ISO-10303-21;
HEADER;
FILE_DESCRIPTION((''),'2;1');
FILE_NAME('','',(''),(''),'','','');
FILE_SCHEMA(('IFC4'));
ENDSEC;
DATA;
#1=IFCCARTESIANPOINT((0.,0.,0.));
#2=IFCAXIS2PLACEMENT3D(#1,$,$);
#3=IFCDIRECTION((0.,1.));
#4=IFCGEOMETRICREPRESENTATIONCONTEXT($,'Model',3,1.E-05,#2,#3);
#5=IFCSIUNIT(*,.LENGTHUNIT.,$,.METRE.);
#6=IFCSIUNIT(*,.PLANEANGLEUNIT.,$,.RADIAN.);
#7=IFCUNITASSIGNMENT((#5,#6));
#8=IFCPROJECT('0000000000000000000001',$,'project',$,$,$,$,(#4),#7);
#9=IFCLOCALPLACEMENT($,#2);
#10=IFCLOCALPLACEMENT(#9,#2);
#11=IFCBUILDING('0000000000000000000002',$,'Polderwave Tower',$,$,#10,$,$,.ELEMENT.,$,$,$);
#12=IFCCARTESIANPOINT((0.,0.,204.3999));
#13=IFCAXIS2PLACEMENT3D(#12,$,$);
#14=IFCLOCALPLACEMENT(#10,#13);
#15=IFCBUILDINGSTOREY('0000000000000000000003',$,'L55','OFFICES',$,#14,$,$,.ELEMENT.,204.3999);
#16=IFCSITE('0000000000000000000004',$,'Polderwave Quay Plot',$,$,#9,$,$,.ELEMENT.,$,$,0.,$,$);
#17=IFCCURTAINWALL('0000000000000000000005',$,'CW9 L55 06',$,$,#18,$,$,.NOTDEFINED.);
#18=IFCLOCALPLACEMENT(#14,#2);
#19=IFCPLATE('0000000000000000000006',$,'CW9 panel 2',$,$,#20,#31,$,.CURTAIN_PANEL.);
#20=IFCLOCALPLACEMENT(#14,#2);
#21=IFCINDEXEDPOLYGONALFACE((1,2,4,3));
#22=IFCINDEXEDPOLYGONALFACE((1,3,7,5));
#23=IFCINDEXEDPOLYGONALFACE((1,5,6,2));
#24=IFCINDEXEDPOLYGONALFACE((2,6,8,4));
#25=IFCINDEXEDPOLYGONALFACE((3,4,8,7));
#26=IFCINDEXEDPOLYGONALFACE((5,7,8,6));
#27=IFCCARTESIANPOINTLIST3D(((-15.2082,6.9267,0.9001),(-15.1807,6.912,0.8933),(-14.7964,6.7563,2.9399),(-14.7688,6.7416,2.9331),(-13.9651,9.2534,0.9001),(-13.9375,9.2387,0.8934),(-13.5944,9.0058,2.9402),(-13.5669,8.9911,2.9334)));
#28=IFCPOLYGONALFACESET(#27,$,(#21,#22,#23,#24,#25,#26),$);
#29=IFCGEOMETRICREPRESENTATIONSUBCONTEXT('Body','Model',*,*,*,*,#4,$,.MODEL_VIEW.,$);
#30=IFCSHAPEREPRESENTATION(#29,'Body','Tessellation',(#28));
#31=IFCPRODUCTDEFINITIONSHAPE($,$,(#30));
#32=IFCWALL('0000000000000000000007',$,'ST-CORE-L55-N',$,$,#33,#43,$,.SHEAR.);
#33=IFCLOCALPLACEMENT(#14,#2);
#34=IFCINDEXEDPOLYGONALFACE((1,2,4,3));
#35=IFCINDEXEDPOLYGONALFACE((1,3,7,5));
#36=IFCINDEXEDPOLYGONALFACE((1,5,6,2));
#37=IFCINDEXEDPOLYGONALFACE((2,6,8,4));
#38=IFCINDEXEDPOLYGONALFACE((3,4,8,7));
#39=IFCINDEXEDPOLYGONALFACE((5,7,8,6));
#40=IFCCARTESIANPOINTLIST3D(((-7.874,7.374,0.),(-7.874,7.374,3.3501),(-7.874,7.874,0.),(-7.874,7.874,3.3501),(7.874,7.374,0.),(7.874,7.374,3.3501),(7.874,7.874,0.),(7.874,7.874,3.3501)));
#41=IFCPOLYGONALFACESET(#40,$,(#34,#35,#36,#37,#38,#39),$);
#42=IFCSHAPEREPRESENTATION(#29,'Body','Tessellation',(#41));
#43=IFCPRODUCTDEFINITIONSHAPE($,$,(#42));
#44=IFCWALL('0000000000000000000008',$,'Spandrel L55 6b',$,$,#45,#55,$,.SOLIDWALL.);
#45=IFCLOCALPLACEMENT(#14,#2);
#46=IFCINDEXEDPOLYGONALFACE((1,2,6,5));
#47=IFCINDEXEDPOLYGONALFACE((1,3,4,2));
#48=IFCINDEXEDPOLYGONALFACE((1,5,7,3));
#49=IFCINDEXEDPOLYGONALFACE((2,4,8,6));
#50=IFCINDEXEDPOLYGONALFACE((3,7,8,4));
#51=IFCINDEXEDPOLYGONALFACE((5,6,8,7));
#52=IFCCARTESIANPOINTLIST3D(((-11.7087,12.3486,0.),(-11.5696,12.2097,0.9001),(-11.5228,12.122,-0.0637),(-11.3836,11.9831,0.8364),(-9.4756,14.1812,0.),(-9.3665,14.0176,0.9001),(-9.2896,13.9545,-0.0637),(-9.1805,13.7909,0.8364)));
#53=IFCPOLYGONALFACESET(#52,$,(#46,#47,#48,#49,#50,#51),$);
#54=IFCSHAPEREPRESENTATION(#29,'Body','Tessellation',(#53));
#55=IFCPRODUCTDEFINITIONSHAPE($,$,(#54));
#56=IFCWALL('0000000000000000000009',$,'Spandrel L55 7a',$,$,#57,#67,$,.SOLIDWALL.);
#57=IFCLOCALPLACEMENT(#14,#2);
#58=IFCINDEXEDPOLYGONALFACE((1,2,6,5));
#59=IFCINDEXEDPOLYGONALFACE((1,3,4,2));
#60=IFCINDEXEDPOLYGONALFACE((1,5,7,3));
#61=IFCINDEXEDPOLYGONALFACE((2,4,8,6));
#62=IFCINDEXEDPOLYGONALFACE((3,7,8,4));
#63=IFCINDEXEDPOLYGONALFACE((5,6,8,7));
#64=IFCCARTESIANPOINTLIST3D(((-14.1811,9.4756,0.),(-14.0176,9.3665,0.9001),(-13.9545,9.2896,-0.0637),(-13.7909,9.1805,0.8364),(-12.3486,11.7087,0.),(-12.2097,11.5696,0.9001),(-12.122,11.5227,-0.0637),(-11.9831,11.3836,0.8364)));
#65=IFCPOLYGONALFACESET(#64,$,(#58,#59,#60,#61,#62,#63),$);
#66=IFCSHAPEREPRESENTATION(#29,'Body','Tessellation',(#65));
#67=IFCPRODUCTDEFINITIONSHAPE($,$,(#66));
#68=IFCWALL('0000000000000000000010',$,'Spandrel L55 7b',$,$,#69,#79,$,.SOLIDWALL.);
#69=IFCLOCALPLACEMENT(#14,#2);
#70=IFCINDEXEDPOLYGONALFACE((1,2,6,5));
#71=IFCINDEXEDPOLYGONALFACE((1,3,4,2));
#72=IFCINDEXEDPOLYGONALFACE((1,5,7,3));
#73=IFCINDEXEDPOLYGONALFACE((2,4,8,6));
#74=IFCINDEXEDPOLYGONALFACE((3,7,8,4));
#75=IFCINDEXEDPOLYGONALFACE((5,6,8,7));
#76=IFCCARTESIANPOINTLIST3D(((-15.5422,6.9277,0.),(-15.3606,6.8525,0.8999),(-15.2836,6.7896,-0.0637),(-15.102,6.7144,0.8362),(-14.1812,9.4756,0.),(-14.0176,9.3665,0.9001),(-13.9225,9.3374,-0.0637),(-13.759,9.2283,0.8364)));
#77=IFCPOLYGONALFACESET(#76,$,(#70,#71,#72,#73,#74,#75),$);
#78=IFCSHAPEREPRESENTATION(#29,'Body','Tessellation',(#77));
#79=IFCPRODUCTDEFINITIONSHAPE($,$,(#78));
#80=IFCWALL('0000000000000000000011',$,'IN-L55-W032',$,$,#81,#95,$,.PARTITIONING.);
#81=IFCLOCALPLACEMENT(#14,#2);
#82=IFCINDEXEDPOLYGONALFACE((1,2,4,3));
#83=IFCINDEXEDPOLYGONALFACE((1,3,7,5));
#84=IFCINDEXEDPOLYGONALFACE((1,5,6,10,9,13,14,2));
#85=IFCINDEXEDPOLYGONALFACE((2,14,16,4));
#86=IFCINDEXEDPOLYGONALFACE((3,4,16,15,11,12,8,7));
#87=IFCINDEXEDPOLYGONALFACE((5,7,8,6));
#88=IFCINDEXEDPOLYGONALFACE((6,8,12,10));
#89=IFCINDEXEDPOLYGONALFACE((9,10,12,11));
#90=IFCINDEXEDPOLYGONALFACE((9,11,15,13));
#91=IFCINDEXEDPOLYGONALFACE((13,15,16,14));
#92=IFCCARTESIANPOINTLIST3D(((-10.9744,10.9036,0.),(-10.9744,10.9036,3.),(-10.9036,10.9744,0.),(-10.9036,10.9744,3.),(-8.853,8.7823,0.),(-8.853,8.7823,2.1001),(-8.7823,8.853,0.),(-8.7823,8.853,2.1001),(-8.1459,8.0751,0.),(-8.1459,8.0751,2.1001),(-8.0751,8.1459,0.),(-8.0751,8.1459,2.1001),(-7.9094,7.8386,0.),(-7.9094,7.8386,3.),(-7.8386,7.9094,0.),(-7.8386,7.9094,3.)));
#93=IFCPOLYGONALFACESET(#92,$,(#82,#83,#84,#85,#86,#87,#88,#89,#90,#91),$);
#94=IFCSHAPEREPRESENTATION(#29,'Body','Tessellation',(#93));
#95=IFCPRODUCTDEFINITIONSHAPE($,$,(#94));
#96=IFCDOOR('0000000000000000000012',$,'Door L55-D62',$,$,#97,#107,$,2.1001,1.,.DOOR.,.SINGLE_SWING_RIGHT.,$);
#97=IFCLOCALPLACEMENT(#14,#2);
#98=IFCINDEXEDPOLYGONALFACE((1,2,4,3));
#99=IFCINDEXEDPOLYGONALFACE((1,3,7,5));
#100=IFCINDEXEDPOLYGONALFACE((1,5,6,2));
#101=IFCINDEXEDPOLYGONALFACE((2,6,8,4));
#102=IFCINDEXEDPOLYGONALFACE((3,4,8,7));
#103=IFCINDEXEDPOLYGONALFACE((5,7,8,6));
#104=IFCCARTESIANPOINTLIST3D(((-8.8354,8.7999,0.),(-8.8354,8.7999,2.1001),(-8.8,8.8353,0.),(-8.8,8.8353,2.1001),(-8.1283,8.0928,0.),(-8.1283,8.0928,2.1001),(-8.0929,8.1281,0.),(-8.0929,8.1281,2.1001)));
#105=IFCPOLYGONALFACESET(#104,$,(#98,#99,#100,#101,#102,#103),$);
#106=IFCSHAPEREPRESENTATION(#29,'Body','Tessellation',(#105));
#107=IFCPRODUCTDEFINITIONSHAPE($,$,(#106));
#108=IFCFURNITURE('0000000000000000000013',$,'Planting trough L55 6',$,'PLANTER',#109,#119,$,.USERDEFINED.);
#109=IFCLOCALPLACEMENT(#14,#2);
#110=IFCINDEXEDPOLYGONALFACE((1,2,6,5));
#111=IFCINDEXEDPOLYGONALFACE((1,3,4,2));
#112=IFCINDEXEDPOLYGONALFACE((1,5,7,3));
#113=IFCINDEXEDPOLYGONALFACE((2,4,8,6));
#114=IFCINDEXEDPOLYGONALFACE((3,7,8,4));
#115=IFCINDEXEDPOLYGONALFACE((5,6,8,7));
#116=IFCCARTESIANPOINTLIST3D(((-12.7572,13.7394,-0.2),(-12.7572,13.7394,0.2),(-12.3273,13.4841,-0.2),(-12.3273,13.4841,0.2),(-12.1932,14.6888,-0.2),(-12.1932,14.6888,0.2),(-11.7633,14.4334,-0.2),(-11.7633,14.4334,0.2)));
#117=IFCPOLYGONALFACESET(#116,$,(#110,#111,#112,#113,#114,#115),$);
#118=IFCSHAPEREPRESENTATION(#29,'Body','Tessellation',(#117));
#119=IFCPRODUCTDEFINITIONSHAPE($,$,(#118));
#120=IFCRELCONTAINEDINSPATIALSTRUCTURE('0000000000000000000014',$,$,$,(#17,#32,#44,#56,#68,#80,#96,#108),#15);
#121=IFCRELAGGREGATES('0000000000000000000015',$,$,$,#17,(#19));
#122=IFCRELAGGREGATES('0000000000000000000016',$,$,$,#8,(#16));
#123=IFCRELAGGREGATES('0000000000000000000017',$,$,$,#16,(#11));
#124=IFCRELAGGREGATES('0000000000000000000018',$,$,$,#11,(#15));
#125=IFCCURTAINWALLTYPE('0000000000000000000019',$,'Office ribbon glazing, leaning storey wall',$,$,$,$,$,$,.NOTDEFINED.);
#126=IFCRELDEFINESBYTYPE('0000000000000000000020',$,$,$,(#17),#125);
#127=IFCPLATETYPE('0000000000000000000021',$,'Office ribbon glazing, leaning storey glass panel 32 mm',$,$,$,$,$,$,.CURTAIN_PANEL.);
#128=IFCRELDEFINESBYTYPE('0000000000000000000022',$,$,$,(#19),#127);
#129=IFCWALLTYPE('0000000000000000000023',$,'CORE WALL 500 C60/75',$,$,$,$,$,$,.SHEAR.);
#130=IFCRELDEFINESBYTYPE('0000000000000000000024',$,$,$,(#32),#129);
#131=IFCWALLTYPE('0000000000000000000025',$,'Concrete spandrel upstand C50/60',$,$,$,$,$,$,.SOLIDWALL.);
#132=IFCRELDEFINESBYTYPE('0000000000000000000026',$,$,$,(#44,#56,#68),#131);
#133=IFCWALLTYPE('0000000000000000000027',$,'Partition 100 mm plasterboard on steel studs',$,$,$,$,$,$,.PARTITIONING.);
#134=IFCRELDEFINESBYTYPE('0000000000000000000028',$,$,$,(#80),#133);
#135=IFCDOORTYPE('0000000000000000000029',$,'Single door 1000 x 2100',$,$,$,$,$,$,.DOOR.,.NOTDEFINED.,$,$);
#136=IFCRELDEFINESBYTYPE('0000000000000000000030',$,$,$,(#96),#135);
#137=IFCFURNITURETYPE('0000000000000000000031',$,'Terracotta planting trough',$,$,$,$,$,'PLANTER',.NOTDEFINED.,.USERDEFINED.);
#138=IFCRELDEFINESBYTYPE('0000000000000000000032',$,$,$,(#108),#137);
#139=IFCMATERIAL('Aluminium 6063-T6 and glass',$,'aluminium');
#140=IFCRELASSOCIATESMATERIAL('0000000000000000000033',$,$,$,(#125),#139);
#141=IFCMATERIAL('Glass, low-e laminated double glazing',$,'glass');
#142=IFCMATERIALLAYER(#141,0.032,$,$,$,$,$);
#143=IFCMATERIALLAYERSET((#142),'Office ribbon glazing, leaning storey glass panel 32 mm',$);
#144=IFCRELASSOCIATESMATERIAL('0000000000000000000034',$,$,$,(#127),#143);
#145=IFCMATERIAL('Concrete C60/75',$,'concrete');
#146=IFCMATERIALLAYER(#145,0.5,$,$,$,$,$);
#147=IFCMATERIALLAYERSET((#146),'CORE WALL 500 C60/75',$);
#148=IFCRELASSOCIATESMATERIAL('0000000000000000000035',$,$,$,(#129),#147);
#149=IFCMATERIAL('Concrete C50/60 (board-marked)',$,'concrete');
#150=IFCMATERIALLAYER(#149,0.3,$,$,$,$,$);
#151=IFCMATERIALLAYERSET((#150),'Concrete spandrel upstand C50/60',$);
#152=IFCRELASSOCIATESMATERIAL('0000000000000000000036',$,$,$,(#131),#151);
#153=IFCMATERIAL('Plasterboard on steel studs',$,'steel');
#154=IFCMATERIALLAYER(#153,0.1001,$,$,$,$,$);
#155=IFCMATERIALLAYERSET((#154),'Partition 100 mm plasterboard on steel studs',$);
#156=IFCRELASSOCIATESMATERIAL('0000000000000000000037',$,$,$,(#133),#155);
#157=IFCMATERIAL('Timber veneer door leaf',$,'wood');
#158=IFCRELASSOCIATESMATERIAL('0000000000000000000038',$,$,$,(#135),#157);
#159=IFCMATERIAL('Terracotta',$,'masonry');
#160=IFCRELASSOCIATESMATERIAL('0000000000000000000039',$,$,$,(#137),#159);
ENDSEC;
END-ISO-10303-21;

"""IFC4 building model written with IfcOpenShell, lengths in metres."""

from ifc_helpers import new_model, si_unit, direction, frame, frame_2d, origin, origin_2d, place, context, subcontext, project, spatial, polyline, rectangle, outline, extrude, material, layer, layer_set, type_object, element, fill, aggregate, save


model = new_model("IFC4")

# Units and contexts
model_context = context("Model", 3, precision=1e-05, world=origin(), true_north=direction((0.0, 1.0)))
body_context = subcontext(model_context, "Body", "Model", "MODEL_VIEW")
ifc_project = project(units=[si_unit("LENGTHUNIT", "METRE"), si_unit("PLANEANGLEUNIT", "RADIAN")], contexts=[model_context])

# Site, building, storey
site_placement = place(None, origin())
site = spatial("IfcSite", under=ifc_project, at=site_placement, Name="Polderwave Quay Plot", CompositionType="ELEMENT", RefElevation=0.0)
building_placement = place(site_placement, origin())
building = spatial("IfcBuilding", under=site, at=building_placement, Name="Polderwave Tower", CompositionType="ELEMENT")
storey_placement = place(building_placement, frame((0.0, 0.0, 204.3999)))
storey = spatial("IfcBuildingStorey", under=building, at=storey_placement, Name="L55", Description="OFFICES", CompositionType="ELEMENT", Elevation=204.3999)

# Shared definitions
ifc_material_1 = material(Name="Concrete C60/75", Category="concrete")

# Curtain wall
ifc_material_2 = material(Name="Aluminium 6063-T6 and glass", Category="aluminium")
curtain_wall_type = type_object("IfcCurtainWallType", Name="Office ribbon glazing, leaning storey wall", PredefinedType="NOTDEFINED", material=ifc_material_2)
curtain_wall_1_placement = place(storey_placement, origin())
curtain_wall_1 = element("IfcCurtainWall", 1, at=curtain_wall_1_placement, inside=storey, type_object=curtain_wall_type, Name="CW9 L55 06", PredefinedType="NOTDEFINED")

# Plate
ifc_material_3 = material(Name="Glass, low-e laminated double glazing", Category="glass")
ifc_layer_1 = layer(ifc_material_3, 0.032)
ifc_layer_set_1 = layer_set([ifc_layer_1], Name="Office ribbon glazing, leaning storey glass panel 32 mm")
plate_type = type_object("IfcPlateType", Name="Office ribbon glazing, leaning storey glass panel 32 mm", PredefinedType="CURTAIN_PANEL", material=ifc_layer_set_1)
plate_1_placement = place(storey_placement, frame((-13.9651, 9.2534, 0.9001), z_axis=(-0.861863, 0.460486, 0.212472), x_axis=(-0.471246, -0.882002, -0.000003)))
plate_1 = element("IfcPlate", 2, at=plate_1_placement, type_object=plate_type, Name="CW9 panel 2", PredefinedType="CURTAIN_PANEL", context=body_context, shape_type="SweptSolid", body=[
    extrude(outline(polyline([(0.0, 0.0), (2.638, 0.0), (2.5942, 2.0875), (0.0437, 2.0877), (0.0, 0.0)])), origin(), (0.0, 0.0, -1.0), 0.032),
])
aggregate(curtain_wall_1, [plate_1])

# Walls
ifc_layer_2 = layer(ifc_material_1, 0.5)
ifc_layer_set_2 = layer_set([ifc_layer_2], Name="CORE WALL 500 C60/75")
wall_type_1 = type_object("IfcWallType", Name="CORE WALL 500 C60/75", PredefinedType="SHEAR", material=ifc_layer_set_2)
wall_1_placement = place(storey_placement, frame((-7.874, 7.624, 0.0), z_axis=(0.0, 0.0, 1.0), x_axis=(1.0, 0.0, 0.0)))
element("IfcWall", 3, at=wall_1_placement, inside=storey, type_object=wall_type_1, Name="ST-CORE-L55-N", PredefinedType="SHEAR", context=body_context, shape_type="SweptSolid", body=[
    extrude(rectangle(XDim=15.748, YDim=0.5, at=frame_2d((7.874, 0.0))), origin(), (0.0, 0.0, 1.0), 3.3501),
])
ifc_material_4 = material(Name="Concrete C50/60 (board-marked)", Category="concrete")
ifc_layer_3 = layer(ifc_material_4, 0.3)
ifc_layer_set_3 = layer_set([ifc_layer_3], Name="Concrete spandrel upstand C50/60")
wall_type_2 = type_object("IfcWallType", Name="Concrete spandrel upstand C50/60", PredefinedType="SOLIDWALL", material=ifc_layer_set_3)
wall_2_placement = place(storey_placement, frame((-9.4756, 14.1812, 0.0), z_axis=(-0.619877, 0.755401, 0.212416), x_axis=(-0.773043, -0.634354, 0.0)))
element("IfcWall", 4, at=wall_2_placement, inside=storey, type_object=wall_type_2, Name="Spandrel L55 6b", PredefinedType="SOLIDWALL", context=body_context, shape_type="SweptSolid", body=[
    extrude(outline(polyline([(0.0, 0.0), (2.8888, 0.0), (2.8693, 0.9212), (0.0194, 0.9212), (0.0, 0.0)])), origin(), (0.0, 0.0, -1.0), 0.3),
])
wall_3_placement = place(storey_placement, frame((-12.3486, 11.7087, 0.0), z_axis=(-0.755401, 0.619877, 0.212416), x_axis=(-0.634354, -0.773043, 0.0)))
element("IfcWall", 5, at=wall_3_placement, inside=storey, type_object=wall_type_2, Name="Spandrel L55 7a", PredefinedType="SOLIDWALL", context=body_context, shape_type="SweptSolid", body=[
    extrude(outline(polyline([(0.0, 0.0), (2.8888, 0.0), (2.8694, 0.9212), (0.0195, 0.9212), (0.0, 0.0)])), origin(), (0.0, 0.0, -1.0), 0.3),
])
wall_4_placement = place(storey_placement, frame((-14.1812, 9.4756, 0.0), z_axis=(-0.861898, 0.460434, 0.212444), x_axis=(-0.471189, -0.882032, 0.0)))
element("IfcWall", 6, at=wall_4_placement, inside=storey, type_object=wall_type_2, Name="Spandrel L55 7b", PredefinedType="SOLIDWALL", context=body_context, shape_type="SweptSolid", body=[
    extrude(outline(polyline([(0.0, 0.0), (2.8886, 0.0), (2.8694, 0.9209), (0.0192, 0.9212), (0.0, 0.0)])), origin(), (0.0, 0.0, -1.0), 0.3),
])

# Wall, opening, door
ifc_material_5 = material(Name="Plasterboard on steel studs", Category="steel")
ifc_layer_4 = layer(ifc_material_5, 0.1001)
ifc_layer_set_4 = layer_set([ifc_layer_4], Name="Partition 100 mm plasterboard on steel studs")
wall_type_3 = type_object("IfcWallType", Name="Partition 100 mm plasterboard on steel studs", PredefinedType="PARTITIONING", material=ifc_layer_set_4)
wall_5_placement = place(storey_placement, frame((-10.939, 10.939, 0.0), z_axis=(0.0, 0.0, 1.0), x_axis=(0.707107, -0.707107, 0.0)))
wall_5 = element("IfcWall", 7, at=wall_5_placement, inside=storey, type_object=wall_type_3, Name="IN-L55-W032", PredefinedType="PARTITIONING", context=body_context, shape_type="SweptSolid", body=[
    extrude(rectangle(XDim=4.3345, YDim=0.1001, at=frame_2d((2.1672, 0.0))), origin(), (0.0, 0.0, 1.0), 3.0),
])
opening_placement = place(wall_5_placement, frame((3.0, 0.0, 0.0)))
opening = element("IfcOpeningElement", 8, at=opening_placement, cuts=wall_5, PredefinedType="OPENING", context=body_context, shape_type="SweptSolid", body=[
    extrude(rectangle(XDim=1.0, YDim=2.1001, at=frame_2d((0.5, 1.05))), frame((0.0, 0.0601, 0.0), z_axis=(0.0, -1.0, 0.0), x_axis=(1.0, 0.0, 0.0)), (0.0, 0.0, 1.0), 0.1201),
])
ifc_material_6 = material(Name="Timber veneer door leaf", Category="wood")
door_type = type_object("IfcDoorType", Name="Single door 1000 x 2100", OperationType="NOTDEFINED", PredefinedType="DOOR", material=ifc_material_6)
door_placement = place(opening_placement, origin())
door = element("IfcDoor", 9, at=door_placement, inside=storey, type_object=door_type, Name="Door L55-D62", OperationType="SINGLE_SWING_RIGHT", OverallHeight=2.1001, OverallWidth=1.0, PredefinedType="DOOR", context=body_context, shape_type="SweptSolid", body=[
    extrude(rectangle(XDim=1.0, YDim=2.1001, at=frame_2d((0.5, 1.05))), frame((0.0, 0.0249, 0.0), z_axis=(0.0, -1.0, 0.0), x_axis=(1.0, 0.0, 0.0)), (0.0, 0.0, 1.0), 0.05),
])
fill(opening, door)

# Furniture
ifc_material_7 = material(Name="Terracotta", Category="masonry")
furniture_type = type_object("IfcFurnitureType", Name="Terracotta planting trough", ElementType="PLANTER", AssemblyPlace="NOTDEFINED", PredefinedType="USERDEFINED", material=ifc_material_7)
furniture_placement = place(storey_placement, frame((-12.2603, 14.0864, -0.2), z_axis=(0.0, 0.0, 1.0), x_axis=(-0.5107, -0.859759, 0.0)))
element("IfcFurniture", 10, at=furniture_placement, inside=storey, type_object=furniture_type, Name="Planting trough L55 6", ObjectType="PLANTER", PredefinedType="USERDEFINED", context=body_context, shape_type="SweptSolid", body=[
    extrude(rectangle(XDim=1.1042, YDim=0.5, at=origin_2d()), origin(), (0.0, 0.0, 1.0), 0.3999),
])

save(model, "model.ifc")
